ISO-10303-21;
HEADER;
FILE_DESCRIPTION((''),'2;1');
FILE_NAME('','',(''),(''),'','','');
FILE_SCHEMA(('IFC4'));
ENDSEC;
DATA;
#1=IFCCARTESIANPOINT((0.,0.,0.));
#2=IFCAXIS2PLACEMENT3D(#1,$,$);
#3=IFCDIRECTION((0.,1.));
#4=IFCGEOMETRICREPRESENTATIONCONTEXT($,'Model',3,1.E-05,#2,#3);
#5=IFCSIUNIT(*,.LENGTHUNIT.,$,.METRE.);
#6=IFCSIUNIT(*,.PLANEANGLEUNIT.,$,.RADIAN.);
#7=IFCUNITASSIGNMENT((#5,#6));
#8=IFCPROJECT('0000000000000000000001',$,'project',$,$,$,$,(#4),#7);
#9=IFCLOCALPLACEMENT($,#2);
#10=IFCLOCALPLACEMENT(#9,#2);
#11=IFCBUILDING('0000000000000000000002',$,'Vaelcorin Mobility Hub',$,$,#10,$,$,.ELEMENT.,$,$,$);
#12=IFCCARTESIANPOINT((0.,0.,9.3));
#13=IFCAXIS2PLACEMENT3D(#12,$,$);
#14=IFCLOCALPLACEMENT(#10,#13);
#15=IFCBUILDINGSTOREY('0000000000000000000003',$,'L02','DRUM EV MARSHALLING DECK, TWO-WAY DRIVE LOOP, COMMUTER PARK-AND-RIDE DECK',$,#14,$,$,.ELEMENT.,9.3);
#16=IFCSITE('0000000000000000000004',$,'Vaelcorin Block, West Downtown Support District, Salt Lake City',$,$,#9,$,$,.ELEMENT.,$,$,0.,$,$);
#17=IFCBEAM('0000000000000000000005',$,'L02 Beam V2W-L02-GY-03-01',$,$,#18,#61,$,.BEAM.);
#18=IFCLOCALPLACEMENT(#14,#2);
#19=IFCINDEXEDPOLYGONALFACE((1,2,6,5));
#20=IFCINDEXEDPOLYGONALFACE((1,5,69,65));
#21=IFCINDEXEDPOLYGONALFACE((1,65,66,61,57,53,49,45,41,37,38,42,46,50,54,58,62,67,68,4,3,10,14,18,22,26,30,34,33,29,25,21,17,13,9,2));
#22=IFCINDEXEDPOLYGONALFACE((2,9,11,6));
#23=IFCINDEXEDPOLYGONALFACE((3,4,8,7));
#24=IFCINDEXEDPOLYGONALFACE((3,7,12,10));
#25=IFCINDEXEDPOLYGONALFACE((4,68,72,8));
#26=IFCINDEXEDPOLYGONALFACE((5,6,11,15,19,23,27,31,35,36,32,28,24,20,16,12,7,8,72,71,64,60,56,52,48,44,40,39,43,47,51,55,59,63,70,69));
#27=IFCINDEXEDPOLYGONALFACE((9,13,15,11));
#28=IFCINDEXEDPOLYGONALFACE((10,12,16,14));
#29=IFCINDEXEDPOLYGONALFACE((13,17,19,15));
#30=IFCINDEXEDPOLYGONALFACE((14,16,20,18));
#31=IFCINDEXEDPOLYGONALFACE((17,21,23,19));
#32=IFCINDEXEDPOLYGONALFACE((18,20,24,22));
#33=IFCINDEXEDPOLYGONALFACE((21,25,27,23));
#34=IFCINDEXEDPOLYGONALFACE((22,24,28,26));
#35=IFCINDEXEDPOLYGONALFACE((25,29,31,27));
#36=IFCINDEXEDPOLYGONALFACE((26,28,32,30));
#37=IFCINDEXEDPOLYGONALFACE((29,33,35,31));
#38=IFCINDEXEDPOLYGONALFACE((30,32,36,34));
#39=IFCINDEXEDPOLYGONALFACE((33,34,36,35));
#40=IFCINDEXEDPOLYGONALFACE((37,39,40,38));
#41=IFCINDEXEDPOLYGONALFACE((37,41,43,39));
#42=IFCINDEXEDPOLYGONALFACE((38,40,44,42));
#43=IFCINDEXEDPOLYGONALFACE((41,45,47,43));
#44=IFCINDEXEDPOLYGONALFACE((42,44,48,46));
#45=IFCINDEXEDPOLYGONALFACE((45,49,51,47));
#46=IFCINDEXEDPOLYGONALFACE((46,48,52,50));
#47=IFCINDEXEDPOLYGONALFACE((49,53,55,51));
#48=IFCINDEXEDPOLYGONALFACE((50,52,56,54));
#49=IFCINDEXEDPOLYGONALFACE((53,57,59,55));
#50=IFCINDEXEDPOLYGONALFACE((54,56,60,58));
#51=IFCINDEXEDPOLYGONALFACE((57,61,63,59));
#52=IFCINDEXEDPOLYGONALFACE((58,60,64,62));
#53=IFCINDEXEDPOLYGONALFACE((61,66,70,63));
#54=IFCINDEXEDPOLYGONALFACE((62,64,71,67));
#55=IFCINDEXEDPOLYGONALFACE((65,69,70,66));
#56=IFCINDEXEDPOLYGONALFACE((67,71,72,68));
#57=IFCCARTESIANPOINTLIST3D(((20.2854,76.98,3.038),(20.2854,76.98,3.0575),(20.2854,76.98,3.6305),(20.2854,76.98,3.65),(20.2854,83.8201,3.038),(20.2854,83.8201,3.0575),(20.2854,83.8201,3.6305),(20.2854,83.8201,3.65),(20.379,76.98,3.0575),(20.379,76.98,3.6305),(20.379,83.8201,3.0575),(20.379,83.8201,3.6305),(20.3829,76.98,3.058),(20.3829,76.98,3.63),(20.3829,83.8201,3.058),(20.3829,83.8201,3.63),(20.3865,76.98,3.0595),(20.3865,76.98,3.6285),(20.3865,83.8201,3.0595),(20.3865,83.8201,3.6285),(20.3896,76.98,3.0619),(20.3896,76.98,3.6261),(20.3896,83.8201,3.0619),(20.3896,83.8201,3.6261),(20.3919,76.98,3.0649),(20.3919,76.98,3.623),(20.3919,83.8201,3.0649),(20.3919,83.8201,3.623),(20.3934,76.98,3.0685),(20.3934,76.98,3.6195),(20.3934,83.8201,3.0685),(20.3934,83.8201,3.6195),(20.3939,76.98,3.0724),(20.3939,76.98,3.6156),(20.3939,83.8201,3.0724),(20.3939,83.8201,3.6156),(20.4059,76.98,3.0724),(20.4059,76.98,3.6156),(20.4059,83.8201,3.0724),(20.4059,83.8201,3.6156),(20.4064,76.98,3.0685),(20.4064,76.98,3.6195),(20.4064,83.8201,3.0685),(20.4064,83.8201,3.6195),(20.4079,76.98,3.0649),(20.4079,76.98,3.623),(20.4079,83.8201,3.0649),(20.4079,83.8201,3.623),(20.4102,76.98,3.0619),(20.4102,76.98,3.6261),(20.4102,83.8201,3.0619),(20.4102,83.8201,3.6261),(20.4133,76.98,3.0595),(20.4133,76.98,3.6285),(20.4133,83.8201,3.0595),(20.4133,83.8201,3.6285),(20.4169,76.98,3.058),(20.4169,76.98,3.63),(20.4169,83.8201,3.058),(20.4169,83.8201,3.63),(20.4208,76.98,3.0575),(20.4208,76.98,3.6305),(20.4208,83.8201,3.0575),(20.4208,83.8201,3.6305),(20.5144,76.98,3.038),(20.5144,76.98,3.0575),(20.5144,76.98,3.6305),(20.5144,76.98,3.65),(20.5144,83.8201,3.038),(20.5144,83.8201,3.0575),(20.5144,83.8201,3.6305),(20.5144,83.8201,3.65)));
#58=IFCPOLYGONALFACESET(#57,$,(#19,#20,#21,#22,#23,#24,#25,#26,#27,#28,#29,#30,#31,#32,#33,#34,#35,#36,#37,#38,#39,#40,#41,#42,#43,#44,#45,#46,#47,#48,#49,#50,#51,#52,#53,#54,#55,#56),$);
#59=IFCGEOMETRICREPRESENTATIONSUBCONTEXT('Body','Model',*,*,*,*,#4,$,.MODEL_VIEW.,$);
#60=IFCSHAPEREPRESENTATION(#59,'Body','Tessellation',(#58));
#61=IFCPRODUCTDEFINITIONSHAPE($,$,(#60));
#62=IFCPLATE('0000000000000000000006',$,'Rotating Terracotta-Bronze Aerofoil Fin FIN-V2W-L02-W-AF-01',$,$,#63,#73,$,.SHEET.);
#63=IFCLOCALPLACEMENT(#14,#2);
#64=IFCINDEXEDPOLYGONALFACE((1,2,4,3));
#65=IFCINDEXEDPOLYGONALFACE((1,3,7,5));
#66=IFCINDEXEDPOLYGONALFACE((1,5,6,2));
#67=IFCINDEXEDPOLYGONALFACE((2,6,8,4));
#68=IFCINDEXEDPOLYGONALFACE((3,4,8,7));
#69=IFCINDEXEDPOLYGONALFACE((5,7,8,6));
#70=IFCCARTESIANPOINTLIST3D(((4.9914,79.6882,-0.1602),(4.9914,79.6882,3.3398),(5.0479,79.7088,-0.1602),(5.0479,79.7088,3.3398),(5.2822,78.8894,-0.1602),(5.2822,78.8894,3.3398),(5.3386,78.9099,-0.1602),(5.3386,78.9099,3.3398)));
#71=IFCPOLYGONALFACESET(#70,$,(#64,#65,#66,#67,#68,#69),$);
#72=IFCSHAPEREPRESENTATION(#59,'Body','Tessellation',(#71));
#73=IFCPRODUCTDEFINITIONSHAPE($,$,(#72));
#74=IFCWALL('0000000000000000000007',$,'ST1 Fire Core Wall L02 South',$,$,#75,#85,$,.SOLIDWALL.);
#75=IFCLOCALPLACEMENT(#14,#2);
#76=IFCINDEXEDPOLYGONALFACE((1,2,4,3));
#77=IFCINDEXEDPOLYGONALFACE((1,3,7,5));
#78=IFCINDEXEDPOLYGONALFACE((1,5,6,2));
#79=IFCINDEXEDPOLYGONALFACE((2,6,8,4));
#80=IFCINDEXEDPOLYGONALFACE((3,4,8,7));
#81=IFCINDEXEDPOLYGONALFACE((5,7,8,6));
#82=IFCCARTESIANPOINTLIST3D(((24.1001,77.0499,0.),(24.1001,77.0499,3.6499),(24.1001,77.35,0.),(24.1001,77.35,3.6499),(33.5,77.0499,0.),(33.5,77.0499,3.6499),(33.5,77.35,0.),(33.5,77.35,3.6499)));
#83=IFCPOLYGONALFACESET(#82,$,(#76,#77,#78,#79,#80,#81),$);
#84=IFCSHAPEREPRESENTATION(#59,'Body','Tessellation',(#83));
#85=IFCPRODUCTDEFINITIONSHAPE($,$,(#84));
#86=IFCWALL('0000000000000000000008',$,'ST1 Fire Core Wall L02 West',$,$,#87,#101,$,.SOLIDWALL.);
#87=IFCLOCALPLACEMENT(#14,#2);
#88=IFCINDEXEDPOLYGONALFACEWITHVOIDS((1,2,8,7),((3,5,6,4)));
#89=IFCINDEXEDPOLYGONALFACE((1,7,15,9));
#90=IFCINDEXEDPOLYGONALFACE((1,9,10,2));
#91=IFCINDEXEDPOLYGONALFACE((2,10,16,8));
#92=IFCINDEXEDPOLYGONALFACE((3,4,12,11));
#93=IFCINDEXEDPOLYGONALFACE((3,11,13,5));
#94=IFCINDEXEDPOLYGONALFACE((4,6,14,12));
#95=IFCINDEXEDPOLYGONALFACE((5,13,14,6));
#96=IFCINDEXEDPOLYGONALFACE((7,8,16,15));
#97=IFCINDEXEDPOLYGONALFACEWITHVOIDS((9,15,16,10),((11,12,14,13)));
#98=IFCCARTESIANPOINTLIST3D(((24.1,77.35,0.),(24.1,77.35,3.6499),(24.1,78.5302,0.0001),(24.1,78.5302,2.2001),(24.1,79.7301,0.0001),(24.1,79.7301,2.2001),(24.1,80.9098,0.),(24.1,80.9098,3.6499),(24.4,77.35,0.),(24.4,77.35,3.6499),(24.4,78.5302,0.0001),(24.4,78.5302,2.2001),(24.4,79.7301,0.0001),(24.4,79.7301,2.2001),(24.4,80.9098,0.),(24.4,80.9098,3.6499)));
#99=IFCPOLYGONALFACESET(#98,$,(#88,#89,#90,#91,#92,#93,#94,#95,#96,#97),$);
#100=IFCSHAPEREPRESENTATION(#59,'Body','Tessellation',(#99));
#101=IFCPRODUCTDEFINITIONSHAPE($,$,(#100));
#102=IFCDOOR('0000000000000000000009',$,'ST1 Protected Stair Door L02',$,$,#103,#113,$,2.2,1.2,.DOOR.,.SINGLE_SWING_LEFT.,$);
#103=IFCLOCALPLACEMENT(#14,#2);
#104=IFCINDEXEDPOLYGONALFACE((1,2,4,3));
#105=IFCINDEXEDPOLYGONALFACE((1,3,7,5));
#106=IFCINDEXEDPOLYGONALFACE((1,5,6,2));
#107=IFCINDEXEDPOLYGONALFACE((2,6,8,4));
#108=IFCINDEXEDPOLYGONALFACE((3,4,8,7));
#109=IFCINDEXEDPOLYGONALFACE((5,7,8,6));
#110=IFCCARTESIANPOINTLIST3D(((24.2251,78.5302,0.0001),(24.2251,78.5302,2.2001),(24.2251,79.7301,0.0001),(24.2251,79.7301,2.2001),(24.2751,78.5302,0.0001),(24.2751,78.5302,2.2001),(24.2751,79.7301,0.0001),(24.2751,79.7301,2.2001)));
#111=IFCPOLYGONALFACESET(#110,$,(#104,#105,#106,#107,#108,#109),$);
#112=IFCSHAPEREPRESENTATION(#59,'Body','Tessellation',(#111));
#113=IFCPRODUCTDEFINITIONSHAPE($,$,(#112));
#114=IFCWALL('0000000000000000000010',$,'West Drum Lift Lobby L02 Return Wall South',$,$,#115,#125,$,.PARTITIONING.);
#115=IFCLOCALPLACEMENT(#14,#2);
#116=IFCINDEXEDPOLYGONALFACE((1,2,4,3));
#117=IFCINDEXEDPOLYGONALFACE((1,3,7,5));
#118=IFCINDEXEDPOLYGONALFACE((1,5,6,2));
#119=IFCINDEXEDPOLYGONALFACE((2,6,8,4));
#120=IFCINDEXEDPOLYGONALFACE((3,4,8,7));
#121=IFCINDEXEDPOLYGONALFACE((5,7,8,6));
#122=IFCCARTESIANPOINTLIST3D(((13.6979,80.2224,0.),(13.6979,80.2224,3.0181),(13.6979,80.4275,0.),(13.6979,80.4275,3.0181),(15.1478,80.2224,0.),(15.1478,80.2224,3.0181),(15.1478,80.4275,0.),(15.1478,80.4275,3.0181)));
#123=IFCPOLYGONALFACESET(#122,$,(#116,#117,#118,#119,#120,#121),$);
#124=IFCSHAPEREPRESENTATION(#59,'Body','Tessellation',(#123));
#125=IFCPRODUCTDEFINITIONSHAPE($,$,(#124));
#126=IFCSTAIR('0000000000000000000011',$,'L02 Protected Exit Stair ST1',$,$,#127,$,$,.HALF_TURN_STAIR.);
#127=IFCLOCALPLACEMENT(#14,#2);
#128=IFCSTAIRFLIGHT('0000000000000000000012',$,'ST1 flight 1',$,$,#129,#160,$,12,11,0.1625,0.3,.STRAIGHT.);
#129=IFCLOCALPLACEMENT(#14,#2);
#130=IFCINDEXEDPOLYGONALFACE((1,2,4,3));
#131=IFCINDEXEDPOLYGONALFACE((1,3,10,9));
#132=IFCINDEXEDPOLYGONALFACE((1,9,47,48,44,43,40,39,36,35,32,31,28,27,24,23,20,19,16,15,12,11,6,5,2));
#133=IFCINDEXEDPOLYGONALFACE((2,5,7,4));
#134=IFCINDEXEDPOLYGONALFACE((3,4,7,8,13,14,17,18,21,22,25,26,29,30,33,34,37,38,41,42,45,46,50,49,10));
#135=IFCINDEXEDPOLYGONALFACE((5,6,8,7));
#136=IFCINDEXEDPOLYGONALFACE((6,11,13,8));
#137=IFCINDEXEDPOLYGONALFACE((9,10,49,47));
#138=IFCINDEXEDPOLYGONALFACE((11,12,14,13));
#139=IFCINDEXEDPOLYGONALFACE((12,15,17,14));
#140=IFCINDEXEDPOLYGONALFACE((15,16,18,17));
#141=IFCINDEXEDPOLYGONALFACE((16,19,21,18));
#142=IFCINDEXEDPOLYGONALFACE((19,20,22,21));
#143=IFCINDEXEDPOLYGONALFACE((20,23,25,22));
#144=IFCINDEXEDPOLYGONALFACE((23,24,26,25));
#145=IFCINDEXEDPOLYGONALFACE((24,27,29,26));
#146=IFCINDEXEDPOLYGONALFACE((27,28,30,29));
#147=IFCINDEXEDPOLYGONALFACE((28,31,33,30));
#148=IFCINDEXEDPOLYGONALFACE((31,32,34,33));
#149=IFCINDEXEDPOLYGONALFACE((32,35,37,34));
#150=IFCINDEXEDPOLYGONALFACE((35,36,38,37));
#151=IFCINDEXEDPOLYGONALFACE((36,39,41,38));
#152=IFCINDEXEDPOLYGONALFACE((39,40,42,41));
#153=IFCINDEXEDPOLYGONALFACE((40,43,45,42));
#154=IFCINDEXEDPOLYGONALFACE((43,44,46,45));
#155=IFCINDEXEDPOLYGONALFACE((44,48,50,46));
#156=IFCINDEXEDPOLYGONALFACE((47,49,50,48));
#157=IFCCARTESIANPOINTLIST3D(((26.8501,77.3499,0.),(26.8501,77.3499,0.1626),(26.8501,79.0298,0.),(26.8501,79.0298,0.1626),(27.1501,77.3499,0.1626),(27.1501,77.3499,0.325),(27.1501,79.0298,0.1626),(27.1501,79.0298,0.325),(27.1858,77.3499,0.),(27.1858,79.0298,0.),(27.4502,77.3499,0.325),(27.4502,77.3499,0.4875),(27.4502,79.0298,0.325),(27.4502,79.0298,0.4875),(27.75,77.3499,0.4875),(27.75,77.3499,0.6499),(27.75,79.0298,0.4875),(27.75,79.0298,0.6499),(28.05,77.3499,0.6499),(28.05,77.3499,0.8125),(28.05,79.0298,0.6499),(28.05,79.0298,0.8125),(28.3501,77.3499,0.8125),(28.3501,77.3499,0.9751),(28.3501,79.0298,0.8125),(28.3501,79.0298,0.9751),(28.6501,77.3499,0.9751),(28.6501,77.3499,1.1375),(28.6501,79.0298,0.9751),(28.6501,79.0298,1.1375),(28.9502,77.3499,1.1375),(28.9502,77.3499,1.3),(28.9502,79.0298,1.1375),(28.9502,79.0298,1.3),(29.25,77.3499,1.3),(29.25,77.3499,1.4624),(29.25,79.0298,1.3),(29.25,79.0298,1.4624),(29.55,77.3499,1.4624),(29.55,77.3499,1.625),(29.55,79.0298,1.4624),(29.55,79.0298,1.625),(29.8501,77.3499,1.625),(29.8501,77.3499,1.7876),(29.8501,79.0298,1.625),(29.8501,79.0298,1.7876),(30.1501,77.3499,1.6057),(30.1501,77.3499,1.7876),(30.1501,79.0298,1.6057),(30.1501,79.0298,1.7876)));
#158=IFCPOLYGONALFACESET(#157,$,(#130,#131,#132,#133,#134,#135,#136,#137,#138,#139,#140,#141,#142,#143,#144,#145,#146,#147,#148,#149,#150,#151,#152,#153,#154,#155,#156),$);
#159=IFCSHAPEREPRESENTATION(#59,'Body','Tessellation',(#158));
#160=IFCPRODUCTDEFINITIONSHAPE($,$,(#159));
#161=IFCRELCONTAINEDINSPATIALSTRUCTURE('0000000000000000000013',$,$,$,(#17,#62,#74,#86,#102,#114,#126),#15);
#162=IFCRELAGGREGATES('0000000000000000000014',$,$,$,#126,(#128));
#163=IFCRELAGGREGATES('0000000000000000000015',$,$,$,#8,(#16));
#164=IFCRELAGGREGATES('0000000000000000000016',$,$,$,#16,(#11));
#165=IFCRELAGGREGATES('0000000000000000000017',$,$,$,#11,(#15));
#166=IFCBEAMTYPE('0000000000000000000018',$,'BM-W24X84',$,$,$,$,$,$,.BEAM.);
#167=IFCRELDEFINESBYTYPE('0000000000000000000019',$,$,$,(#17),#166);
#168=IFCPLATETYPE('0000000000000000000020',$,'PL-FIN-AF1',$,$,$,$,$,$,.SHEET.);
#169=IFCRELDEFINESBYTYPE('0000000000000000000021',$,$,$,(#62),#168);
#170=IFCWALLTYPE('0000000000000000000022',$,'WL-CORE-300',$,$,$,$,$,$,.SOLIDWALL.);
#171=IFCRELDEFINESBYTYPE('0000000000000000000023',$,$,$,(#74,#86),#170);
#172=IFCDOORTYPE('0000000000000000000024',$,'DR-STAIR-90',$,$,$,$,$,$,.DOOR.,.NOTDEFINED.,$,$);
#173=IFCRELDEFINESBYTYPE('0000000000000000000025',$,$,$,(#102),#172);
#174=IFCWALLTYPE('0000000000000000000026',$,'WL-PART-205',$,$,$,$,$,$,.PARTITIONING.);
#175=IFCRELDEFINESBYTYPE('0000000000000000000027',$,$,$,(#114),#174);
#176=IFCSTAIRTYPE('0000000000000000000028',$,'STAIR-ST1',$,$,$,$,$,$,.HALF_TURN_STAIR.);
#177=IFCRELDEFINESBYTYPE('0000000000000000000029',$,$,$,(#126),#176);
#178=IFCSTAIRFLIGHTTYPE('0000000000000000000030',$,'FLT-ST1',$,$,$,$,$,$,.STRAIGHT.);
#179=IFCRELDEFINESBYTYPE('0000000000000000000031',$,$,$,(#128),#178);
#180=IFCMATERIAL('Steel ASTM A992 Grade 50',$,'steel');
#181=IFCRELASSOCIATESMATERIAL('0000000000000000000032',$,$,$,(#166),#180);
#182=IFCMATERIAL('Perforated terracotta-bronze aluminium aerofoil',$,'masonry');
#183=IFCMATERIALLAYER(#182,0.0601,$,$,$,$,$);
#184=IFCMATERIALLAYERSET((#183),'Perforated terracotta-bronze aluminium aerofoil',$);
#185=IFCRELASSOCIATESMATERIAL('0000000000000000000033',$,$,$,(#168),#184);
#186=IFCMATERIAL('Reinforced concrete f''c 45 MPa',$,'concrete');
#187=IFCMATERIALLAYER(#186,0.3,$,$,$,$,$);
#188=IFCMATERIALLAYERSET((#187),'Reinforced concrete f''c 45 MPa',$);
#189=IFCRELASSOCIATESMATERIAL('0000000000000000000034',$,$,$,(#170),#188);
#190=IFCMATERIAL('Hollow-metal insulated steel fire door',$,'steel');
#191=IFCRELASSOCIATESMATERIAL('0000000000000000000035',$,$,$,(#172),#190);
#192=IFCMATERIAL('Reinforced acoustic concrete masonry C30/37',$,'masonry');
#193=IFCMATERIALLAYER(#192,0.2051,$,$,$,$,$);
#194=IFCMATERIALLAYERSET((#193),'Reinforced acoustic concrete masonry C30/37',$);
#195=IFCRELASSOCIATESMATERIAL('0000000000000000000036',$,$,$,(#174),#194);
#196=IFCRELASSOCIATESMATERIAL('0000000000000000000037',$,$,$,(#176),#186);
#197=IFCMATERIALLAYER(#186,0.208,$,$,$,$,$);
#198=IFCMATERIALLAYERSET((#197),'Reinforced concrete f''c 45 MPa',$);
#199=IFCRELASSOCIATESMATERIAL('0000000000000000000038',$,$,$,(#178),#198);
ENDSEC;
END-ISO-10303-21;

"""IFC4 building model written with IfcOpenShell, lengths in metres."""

from ifc_helpers import new_model, si_unit, direction, frame, frame_2d, origin, origin_2d, place, context, subcontext, project, spatial, polyline, rectangle, i_section, outline, extrude, material, layer, layer_set, material_profile, profile_set, type_object, element, fill, aggregate, save


model = new_model("IFC4")

# Units and contexts
model_context = context("Model", 3, precision=1e-05, world=origin(), true_north=direction((0.0, 1.0)))
body_context = subcontext(model_context, "Body", "Model", "MODEL_VIEW")
ifc_project = project(units=[si_unit("LENGTHUNIT", "METRE"), si_unit("PLANEANGLEUNIT", "RADIAN")], contexts=[model_context])

# Site, building, storey
site_placement = place(None, origin())
site = spatial("IfcSite", under=ifc_project, at=site_placement, Name="Vaelcorin Block, West Downtown Support District, Salt Lake City", CompositionType="ELEMENT", RefElevation=0.0)
building_placement = place(site_placement, origin())
building = spatial("IfcBuilding", under=site, at=building_placement, Name="Vaelcorin Mobility Hub", CompositionType="ELEMENT")
storey_placement = place(building_placement, frame((0.0, 0.0, 9.3)))
storey = spatial("IfcBuildingStorey", under=building, at=storey_placement, Name="L02", Description="DRUM EV MARSHALLING DECK, TWO-WAY DRIVE LOOP, COMMUTER PARK-AND-RIDE DECK", CompositionType="ELEMENT", Elevation=9.3)

# Shared definitions
ifc_material_1 = material(Name="Steel ASTM A992 Grade 50", Category="steel")

# Beam
ifc_material_profile_1 = material_profile(ifc_material_1, i_section(OverallWidth=0.229, OverallDepth=0.6121, WebThickness=0.012, FlangeThickness=0.0195, FilletRadius=0.0149, at=origin_2d()), Name="W24X84")
ifc_profile_set_1 = profile_set([ifc_material_profile_1], Name="Steel ASTM A992 Grade 50")
beam_type_1 = type_object("IfcBeamType", Name="BM-W24X84", PredefinedType="BEAM", material=ifc_profile_set_1)
for number, where, z_axis, x_axis, name in (
    (1, (20.3999, 76.98, 3.344), (0.0, 1.0, 0.0), (-1.0, 0.0, 0.0), "L02 Beam V2W-L02-GY-03-01"),
):
    element("IfcBeam", number, at=place(storey_placement, frame(where, z_axis=z_axis, x_axis=x_axis)), inside=storey, type_object=beam_type_1, Name=name, PredefinedType="BEAM", context=body_context, shape_type="SweptSolid", body=[
        extrude(i_section(OverallWidth=0.229, OverallDepth=0.6121, WebThickness=0.012, FlangeThickness=0.0195, FilletRadius=0.0149, at=origin_2d()), origin(), (0.0, 0.0, 1.0), 6.8401),
    ])

# Plate
ifc_material_2 = material(Name="Perforated terracotta-bronze aluminium aerofoil", Category="masonry")
ifc_layer_1 = layer(ifc_material_2, 0.0601)
ifc_layer_set_1 = layer_set([ifc_layer_1], Name="Perforated terracotta-bronze aluminium aerofoil")
plate_type = type_object("IfcPlateType", Name="PL-FIN-AF1", PredefinedType="SHEET", material=ifc_layer_set_1)
plate_placement = place(storey_placement, frame((5.165, 79.2991, -0.1602), z_axis=(0.0, 0.0, 1.0), x_axis=(-0.34202, 0.939693, 0.0)))
element("IfcPlate", 2, at=plate_placement, inside=storey, type_object=plate_type, Name="Rotating Terracotta-Bronze Aerofoil Fin FIN-V2W-L02-W-AF-01", PredefinedType="SHEET", context=body_context, shape_type="SweptSolid", body=[
    extrude(rectangle(XDim=0.8501, YDim=0.0601, at=origin_2d()), origin(), (0.0, 0.0, 1.0), 3.5),
])

# Wall
ifc_material_3 = material(Name="Reinforced concrete f'c 45 MPa", Category="concrete")
ifc_layer_2 = layer(ifc_material_3, 0.3)
ifc_layer_set_2 = layer_set([ifc_layer_2], Name="Reinforced concrete f'c 45 MPa")
wall_type_1 = type_object("IfcWallType", Name="WL-CORE-300", PredefinedType="SOLIDWALL", material=ifc_layer_set_2)
wall_1_placement = place(storey_placement, frame((33.5, 77.2, 0.0), z_axis=(0.0, 0.0, 1.0), x_axis=(-1.0, 0.0, 0.0)))
element("IfcWall", 3, at=wall_1_placement, inside=storey, type_object=wall_type_1, Name="ST1 Fire Core Wall L02 South", PredefinedType="SOLIDWALL", context=body_context, shape_type="SweptSolid", body=[
    extrude(rectangle(XDim=9.3999, YDim=0.3, at=frame_2d((4.7, 0.0))), origin(), (0.0, 0.0, 1.0), 3.6499),
])

# Wall, opening, door
wall_2_placement = place(storey_placement, frame((24.25, 77.3501, 0.0), z_axis=(0.0, 0.0, 1.0), x_axis=(0.0, 1.0, 0.0)))
wall_2 = element("IfcWall", 4, at=wall_2_placement, inside=storey, type_object=wall_type_1, Name="ST1 Fire Core Wall L02 West", PredefinedType="SOLIDWALL", context=body_context, shape_type="SweptSolid", body=[
    extrude(rectangle(XDim=3.5598, YDim=0.3, at=frame_2d((1.7798, 0.0))), origin(), (0.0, 0.0, 1.0), 3.6499),
])
opening_placement = place(wall_2_placement, frame((1.1799, 0.0, 0.0)))
opening = element("IfcOpeningElement", 5, at=opening_placement, cuts=wall_2, PredefinedType="OPENING", context=body_context, shape_type="SweptSolid", body=[
    extrude(rectangle(XDim=1.2, YDim=2.2, at=frame_2d((0.6001, 1.1001))), frame((0.0, 0.1599, 0.0), z_axis=(0.0, -1.0, 0.0), x_axis=(1.0, 0.0, 0.0)), (0.0, 0.0, 1.0), 0.3201),
])
ifc_material_4 = material(Name="Hollow-metal insulated steel fire door", Category="steel")
door_type = type_object("IfcDoorType", Name="DR-STAIR-90", OperationType="NOTDEFINED", PredefinedType="DOOR", material=ifc_material_4)
door_placement = place(opening_placement, origin())
door = element("IfcDoor", 6, at=door_placement, inside=storey, type_object=door_type, Name="ST1 Protected Stair Door L02", OperationType="SINGLE_SWING_LEFT", OverallHeight=2.2, OverallWidth=1.2, PredefinedType="DOOR", context=body_context, shape_type="SweptSolid", body=[
    extrude(rectangle(XDim=1.2, YDim=2.2, at=frame_2d((0.6001, 1.1001))), frame((0.0, 0.0249, 0.0), z_axis=(0.0, -1.0, 0.0), x_axis=(1.0, 0.0, 0.0)), (0.0, 0.0, 1.0), 0.05),
])
fill(opening, door)

# Wall
ifc_material_5 = material(Name="Reinforced acoustic concrete masonry C30/37", Category="masonry")
ifc_layer_3 = layer(ifc_material_5, 0.2051)
ifc_layer_set_3 = layer_set([ifc_layer_3], Name="Reinforced acoustic concrete masonry C30/37")
wall_type_2 = type_object("IfcWallType", Name="WL-PART-205", PredefinedType="PARTITIONING", material=ifc_layer_set_3)
wall_3_placement = place(storey_placement, frame((15.1479, 80.325, 0.0), z_axis=(0.0, 0.0, 1.0), x_axis=(-1.0, 0.0, 0.0)))
element("IfcWall", 7, at=wall_3_placement, inside=storey, type_object=wall_type_2, Name="West Drum Lift Lobby L02 Return Wall South", PredefinedType="PARTITIONING", context=body_context, shape_type="SweptSolid", body=[
    extrude(rectangle(XDim=1.45, YDim=0.2051, at=frame_2d((0.7251, 0.0))), origin(), (0.0, 0.0, 1.0), 3.0181),
])

# Stair, stair flight
stair_type = type_object("IfcStairType", Name="STAIR-ST1", PredefinedType="HALF_TURN_STAIR", material=ifc_material_3)
stair_placement = place(storey_placement, origin())
stair = element("IfcStair", 8, at=stair_placement, inside=storey, type_object=stair_type, Name="L02 Protected Exit Stair ST1", PredefinedType="HALF_TURN_STAIR")
ifc_layer_4 = layer(ifc_material_3, 0.208)
ifc_layer_set_4 = layer_set([ifc_layer_4], Name="Reinforced concrete f'c 45 MPa")
stair_flight_type = type_object("IfcStairFlightType", Name="FLT-ST1", PredefinedType="STRAIGHT", material=ifc_layer_set_4)
stair_flight_1_placement = place(storey_placement, frame((26.8501, 78.1899, 0.0), z_axis=(0.0, 0.0, 1.0), x_axis=(1.0, 0.0, 0.0)))
stair_flight_1 = element("IfcStairFlight", 9, at=stair_flight_1_placement, type_object=stair_flight_type, Name="ST1 flight 1", NumberOfRisers=12, NumberOfTreads=11, PredefinedType="STRAIGHT", RiserHeight=0.1625, TreadLength=0.3, context=body_context, shape_type="SweptSolid", body=[
    extrude(outline(polyline([(0.0, 0.0), (0.0, 0.1626), (0.3, 0.1626), (0.3, 0.325), (0.6001, 0.325), (0.6001, 0.4875), (0.8999, 0.4875), (0.8999, 0.6499), (1.2, 0.6499), (1.2, 0.8125), (1.5, 0.8125), (1.5, 0.9751), (1.8, 0.9751), (1.8, 1.1375), (2.1001, 1.1375), (2.1001, 1.3), (2.3999, 1.3), (2.3999, 1.4624), (2.7, 1.4624), (2.7, 1.625), (3.0, 1.625), (3.0, 1.7876), (3.3, 1.7876), (3.3, 1.95), (3.3, 1.6057), (0.3357, 0.0), (0.0, 0.0)])), frame((0.0, 0.8398, 0.0), z_axis=(0.0, -1.0, 0.0), x_axis=(1.0, 0.0, 0.0)), (0.0, 0.0, 1.0), 1.6799),
])
aggregate(stair, [stair_flight_1])

save(model, "model.ifc")
